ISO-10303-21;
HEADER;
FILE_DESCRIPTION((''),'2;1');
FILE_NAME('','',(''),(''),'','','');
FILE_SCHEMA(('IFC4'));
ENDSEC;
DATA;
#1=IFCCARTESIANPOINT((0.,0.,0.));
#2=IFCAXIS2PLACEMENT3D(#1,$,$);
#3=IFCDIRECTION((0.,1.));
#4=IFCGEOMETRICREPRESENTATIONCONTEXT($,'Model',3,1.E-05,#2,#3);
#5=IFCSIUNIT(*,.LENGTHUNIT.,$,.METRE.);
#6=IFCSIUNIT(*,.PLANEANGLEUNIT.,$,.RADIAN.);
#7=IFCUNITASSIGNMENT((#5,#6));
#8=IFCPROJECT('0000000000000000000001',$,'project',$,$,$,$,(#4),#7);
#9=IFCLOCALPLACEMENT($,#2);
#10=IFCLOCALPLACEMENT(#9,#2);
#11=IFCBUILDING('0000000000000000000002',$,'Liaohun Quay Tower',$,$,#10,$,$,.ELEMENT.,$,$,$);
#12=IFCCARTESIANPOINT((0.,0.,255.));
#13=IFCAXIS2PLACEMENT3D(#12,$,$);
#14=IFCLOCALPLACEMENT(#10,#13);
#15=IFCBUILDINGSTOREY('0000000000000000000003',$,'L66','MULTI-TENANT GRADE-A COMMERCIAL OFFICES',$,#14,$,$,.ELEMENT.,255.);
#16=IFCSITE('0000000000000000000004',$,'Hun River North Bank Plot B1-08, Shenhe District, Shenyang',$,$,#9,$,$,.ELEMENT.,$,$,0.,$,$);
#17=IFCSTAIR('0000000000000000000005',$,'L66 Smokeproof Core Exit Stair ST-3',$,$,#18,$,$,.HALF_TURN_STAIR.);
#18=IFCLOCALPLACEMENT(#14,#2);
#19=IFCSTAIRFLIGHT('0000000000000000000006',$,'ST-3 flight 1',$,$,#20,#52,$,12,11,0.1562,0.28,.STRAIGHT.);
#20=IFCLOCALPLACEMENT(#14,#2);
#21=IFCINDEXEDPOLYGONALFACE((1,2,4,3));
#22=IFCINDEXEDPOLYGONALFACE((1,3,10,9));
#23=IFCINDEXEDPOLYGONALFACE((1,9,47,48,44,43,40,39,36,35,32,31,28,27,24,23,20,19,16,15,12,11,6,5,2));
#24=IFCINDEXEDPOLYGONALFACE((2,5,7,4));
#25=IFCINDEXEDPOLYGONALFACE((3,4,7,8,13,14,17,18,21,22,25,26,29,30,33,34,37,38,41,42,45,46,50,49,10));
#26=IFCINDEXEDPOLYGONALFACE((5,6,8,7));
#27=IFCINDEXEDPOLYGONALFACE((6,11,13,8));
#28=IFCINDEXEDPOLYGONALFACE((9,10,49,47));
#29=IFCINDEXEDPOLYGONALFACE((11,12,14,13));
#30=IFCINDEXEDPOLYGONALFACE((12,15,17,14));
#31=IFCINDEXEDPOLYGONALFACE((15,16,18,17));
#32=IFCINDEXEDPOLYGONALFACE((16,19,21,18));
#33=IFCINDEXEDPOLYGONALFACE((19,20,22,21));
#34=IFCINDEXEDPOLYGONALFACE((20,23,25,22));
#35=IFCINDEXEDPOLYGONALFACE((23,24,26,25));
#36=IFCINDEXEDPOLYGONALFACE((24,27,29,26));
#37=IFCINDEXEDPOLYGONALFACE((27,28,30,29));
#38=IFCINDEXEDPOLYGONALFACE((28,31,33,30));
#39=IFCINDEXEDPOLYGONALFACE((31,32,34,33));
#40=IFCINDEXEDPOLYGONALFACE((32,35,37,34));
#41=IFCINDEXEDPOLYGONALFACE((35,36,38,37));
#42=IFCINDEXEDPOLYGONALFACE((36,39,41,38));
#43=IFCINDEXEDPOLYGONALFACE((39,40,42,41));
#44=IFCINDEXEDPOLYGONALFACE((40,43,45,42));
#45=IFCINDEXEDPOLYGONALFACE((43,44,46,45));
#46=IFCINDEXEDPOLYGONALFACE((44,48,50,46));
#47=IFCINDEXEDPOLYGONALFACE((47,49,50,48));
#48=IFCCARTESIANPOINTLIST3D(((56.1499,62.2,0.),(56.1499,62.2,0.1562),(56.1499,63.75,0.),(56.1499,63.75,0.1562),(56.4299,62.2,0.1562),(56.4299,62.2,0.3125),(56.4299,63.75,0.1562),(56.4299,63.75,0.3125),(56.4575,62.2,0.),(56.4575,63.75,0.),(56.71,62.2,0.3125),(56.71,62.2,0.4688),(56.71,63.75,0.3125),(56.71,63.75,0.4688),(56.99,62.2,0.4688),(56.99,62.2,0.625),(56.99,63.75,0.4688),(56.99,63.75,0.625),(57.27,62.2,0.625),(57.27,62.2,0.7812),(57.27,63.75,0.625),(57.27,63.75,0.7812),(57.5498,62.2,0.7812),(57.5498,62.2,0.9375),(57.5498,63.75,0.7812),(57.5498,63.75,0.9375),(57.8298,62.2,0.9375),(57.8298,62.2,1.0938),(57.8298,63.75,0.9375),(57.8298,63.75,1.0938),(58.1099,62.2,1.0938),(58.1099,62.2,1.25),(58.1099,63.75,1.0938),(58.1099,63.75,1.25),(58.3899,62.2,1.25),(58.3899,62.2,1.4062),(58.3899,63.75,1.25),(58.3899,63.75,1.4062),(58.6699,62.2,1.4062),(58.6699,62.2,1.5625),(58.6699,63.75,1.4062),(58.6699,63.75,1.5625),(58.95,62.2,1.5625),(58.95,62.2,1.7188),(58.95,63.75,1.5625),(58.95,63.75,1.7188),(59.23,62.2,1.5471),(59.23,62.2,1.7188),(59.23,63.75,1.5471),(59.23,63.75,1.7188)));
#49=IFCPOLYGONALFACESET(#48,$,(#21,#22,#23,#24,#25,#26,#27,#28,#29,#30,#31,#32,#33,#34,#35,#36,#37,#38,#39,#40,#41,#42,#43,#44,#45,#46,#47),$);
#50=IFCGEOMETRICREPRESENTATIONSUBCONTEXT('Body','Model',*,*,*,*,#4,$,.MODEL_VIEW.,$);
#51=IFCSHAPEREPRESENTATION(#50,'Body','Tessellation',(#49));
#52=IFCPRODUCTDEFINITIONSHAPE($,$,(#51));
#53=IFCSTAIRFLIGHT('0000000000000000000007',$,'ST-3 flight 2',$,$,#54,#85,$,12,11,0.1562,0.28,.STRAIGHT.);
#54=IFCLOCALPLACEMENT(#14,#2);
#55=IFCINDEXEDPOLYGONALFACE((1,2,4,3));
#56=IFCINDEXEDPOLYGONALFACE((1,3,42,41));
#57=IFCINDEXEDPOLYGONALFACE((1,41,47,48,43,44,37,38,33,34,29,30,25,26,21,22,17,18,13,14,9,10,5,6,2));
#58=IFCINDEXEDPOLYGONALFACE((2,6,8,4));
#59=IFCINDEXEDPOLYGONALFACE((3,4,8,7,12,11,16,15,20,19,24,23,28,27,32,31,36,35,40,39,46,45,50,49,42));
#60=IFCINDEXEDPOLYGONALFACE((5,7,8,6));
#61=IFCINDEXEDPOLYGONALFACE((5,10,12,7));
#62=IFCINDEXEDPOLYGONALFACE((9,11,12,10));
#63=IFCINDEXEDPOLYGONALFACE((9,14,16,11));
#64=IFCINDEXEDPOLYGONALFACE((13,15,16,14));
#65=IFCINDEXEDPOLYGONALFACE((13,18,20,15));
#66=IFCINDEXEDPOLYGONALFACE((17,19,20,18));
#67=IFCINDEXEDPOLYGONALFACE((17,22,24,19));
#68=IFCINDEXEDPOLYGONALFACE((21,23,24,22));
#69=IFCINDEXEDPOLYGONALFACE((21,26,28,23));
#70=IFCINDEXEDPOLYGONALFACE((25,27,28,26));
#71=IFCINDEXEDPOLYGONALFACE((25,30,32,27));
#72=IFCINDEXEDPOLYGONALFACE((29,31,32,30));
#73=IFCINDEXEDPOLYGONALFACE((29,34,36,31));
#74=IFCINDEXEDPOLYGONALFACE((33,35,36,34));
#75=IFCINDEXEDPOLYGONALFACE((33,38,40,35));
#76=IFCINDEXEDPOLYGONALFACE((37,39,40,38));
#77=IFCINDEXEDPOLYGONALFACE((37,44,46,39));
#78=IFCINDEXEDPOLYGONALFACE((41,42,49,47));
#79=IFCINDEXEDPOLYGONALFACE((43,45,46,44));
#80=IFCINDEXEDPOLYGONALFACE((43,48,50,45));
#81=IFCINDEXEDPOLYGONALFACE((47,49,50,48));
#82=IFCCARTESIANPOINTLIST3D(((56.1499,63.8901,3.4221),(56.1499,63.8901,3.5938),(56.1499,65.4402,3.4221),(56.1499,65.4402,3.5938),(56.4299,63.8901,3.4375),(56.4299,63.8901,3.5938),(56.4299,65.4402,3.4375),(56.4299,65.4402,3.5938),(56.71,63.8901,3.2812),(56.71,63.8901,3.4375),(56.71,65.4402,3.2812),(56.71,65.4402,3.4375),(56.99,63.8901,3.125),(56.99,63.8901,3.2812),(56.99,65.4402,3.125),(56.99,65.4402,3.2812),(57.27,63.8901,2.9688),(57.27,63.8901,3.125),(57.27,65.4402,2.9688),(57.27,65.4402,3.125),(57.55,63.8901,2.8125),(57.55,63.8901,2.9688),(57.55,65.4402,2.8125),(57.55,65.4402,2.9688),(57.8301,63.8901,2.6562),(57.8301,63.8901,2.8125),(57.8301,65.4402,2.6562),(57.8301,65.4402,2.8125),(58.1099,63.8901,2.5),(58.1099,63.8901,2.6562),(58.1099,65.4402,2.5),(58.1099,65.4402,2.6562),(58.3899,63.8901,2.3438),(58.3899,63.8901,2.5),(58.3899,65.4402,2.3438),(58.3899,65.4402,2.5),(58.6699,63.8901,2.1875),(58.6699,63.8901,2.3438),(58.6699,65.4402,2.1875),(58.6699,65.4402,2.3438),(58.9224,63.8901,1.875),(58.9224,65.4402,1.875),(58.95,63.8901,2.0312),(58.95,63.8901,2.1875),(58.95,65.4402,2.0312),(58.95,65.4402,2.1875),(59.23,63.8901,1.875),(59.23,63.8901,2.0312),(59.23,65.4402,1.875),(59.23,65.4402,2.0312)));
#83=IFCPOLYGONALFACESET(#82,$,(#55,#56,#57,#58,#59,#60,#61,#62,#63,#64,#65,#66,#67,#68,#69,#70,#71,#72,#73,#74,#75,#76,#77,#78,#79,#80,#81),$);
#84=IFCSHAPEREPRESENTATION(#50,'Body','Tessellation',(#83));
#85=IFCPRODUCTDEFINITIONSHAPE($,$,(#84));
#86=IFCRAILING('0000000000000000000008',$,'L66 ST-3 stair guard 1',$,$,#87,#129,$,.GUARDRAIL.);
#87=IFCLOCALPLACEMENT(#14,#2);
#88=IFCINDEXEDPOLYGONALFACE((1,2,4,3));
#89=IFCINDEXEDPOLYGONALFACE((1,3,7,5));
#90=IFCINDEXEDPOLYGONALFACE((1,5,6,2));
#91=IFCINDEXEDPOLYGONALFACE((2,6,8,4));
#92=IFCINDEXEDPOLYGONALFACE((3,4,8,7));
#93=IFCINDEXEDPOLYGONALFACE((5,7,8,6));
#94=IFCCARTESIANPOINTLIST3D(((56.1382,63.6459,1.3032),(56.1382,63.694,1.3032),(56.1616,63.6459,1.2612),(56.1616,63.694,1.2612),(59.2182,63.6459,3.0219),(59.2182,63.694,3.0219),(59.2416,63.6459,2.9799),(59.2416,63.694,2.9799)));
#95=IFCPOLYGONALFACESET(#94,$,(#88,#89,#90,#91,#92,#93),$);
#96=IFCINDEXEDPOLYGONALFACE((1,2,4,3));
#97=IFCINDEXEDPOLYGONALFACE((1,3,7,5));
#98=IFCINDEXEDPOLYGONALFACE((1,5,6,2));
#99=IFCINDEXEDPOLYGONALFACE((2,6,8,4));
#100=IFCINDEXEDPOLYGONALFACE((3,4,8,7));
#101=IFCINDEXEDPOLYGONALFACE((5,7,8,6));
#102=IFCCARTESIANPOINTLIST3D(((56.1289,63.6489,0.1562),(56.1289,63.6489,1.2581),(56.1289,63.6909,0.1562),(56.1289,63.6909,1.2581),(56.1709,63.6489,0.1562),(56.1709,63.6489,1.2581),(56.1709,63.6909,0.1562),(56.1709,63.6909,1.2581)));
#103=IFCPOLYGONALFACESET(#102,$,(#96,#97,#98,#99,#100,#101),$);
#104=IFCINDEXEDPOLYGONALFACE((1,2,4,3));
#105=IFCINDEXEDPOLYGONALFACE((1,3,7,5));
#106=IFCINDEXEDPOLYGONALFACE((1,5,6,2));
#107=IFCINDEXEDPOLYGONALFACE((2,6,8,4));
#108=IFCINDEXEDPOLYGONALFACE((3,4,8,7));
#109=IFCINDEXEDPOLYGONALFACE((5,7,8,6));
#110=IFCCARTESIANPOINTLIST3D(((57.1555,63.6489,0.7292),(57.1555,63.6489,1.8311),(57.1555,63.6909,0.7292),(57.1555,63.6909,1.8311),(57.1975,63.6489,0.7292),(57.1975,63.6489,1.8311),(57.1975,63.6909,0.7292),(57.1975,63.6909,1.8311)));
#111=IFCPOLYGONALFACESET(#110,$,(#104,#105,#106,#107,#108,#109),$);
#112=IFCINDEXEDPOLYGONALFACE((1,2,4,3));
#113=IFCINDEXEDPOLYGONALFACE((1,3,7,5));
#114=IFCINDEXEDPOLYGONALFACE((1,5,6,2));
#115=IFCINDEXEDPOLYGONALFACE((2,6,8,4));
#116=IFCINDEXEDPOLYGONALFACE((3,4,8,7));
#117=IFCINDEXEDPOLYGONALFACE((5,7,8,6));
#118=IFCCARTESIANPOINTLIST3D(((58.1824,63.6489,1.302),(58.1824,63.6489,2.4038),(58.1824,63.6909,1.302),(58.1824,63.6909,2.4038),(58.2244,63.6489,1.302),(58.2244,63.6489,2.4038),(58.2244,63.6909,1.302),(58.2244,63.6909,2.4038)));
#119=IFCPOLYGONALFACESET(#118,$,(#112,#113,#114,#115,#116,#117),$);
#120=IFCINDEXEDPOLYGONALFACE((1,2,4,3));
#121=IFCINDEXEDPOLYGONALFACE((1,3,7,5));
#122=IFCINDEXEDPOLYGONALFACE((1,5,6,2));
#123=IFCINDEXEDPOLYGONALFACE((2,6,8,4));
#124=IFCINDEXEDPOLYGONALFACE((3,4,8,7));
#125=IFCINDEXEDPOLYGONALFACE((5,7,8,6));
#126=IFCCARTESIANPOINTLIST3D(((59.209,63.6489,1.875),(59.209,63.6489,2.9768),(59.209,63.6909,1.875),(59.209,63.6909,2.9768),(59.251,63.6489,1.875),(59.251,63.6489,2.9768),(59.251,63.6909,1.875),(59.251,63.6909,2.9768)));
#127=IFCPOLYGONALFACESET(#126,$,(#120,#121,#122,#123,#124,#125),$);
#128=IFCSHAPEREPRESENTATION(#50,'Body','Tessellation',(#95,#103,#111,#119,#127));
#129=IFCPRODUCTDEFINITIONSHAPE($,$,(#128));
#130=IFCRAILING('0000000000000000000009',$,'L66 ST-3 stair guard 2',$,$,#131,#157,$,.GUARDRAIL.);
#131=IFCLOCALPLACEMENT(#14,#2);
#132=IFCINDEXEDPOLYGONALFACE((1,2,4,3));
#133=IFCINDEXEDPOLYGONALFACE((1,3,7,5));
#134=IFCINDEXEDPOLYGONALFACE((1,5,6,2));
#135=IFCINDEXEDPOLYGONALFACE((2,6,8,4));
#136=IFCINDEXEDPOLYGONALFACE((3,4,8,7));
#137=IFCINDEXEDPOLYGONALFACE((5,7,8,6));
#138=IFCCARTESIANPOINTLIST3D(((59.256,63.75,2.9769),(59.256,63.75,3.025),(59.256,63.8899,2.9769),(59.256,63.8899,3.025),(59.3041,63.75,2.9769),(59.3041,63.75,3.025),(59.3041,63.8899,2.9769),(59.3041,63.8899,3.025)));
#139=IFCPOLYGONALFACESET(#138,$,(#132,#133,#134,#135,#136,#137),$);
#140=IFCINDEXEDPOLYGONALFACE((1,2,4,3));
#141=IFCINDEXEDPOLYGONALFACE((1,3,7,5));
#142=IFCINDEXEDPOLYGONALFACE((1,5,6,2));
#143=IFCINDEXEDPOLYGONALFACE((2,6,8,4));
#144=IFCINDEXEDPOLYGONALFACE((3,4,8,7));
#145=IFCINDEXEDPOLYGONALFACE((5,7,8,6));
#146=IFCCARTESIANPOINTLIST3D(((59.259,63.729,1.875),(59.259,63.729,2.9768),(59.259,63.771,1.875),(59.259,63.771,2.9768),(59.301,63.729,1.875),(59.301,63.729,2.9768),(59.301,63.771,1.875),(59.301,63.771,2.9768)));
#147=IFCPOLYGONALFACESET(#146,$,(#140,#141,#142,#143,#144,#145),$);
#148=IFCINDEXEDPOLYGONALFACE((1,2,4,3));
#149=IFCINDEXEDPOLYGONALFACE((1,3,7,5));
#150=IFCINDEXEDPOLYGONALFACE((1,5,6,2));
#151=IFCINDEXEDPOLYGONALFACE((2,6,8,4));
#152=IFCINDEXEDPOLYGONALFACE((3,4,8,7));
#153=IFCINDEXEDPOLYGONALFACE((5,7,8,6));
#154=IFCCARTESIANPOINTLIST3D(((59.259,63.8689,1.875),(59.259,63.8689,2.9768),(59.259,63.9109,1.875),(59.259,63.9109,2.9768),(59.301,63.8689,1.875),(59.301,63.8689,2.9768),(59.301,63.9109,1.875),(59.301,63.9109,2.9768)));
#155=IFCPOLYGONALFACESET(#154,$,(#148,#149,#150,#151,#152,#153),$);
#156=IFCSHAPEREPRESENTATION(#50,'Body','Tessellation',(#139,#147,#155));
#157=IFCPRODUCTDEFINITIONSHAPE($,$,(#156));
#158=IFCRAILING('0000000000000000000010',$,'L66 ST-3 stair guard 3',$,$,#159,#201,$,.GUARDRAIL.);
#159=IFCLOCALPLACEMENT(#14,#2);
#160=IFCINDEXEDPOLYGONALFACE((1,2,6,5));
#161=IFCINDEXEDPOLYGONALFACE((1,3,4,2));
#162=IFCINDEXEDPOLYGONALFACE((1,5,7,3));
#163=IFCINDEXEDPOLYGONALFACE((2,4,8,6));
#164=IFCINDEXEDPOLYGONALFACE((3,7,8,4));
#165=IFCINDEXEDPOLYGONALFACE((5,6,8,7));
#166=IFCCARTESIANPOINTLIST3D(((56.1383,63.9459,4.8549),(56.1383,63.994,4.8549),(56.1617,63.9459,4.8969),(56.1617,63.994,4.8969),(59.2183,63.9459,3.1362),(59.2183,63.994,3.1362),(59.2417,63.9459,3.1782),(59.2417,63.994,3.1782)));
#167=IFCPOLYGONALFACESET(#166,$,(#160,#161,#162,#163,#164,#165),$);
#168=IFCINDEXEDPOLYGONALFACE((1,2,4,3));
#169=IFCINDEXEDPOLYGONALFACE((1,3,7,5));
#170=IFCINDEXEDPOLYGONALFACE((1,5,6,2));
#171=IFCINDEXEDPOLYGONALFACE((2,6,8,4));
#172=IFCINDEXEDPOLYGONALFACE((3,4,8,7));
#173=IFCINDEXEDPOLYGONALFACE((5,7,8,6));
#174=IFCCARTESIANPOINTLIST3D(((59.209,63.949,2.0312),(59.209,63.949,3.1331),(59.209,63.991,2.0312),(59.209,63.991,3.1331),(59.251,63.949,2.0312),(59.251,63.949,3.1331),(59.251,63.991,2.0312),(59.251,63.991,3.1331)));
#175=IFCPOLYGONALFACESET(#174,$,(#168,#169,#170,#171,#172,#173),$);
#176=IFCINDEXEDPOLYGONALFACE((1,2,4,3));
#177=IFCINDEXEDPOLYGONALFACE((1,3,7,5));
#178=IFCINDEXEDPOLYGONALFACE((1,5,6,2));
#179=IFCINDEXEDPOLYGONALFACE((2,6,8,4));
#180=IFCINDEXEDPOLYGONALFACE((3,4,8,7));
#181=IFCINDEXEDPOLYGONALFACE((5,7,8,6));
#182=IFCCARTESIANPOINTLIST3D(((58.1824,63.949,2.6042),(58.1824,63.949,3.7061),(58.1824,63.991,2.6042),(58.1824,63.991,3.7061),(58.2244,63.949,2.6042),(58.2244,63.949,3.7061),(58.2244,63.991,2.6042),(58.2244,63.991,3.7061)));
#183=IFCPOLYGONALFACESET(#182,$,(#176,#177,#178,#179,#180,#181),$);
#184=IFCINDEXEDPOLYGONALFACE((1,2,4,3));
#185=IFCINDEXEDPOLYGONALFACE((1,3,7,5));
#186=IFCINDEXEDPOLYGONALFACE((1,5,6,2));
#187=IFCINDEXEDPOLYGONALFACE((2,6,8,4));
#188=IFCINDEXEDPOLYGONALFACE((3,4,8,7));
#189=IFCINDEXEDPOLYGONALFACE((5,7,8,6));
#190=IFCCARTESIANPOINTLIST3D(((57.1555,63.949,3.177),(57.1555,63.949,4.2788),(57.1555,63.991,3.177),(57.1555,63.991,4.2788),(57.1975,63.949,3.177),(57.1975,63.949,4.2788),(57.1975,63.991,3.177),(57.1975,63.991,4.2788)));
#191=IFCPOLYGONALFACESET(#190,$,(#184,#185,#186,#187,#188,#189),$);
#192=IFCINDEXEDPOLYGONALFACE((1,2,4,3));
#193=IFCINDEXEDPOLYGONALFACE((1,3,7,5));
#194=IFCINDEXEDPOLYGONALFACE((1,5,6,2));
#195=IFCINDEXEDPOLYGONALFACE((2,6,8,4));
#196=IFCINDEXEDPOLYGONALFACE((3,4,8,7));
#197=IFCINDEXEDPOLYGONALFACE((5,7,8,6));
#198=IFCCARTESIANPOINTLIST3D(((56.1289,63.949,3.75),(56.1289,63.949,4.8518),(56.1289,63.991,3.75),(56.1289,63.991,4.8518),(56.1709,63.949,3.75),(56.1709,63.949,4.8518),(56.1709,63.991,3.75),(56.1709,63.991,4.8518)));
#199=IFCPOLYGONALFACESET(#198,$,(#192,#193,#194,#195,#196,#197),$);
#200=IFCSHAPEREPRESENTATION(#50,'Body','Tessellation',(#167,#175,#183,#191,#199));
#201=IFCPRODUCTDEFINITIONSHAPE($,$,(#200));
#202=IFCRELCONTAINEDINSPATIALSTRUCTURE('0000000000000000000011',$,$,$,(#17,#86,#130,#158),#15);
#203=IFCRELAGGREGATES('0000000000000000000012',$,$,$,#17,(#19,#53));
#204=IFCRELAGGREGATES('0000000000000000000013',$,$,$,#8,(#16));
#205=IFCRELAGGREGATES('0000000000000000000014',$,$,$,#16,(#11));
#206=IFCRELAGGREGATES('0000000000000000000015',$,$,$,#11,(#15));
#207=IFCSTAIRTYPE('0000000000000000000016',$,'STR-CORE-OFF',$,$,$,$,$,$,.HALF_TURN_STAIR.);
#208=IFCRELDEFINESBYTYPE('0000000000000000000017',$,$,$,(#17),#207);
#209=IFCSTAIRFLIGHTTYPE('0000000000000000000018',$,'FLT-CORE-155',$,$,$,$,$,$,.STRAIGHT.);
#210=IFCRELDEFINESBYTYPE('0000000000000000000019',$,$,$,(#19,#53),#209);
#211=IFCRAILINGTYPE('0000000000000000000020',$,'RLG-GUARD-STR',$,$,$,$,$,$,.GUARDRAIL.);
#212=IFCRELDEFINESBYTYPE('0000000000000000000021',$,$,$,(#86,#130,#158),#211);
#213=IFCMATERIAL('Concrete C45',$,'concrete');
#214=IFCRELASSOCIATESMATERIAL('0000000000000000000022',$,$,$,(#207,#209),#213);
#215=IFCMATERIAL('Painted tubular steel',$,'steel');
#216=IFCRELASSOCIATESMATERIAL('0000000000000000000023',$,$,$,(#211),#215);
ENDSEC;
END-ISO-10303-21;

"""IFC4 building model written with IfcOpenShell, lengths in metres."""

from ifc_helpers import new_model, si_unit, direction, frame, origin, origin_2d, place, context, subcontext, project, spatial, polyline, rectangle, outline, extrude, material, type_object, element, aggregate, save


model = new_model("IFC4")

# Units and contexts
model_context = context("Model", 3, precision=1e-05, world=origin(), true_north=direction((0.0, 1.0)))
body_context = subcontext(model_context, "Body", "Model", "MODEL_VIEW")
ifc_project = project(units=[si_unit("LENGTHUNIT", "METRE"), si_unit("PLANEANGLEUNIT", "RADIAN")], contexts=[model_context])

# Site, building, storey
site_placement = place(None, origin())
site = spatial("IfcSite", under=ifc_project, at=site_placement, Name="Hun River North Bank Plot B1-08, Shenhe District, Shenyang", CompositionType="ELEMENT", RefElevation=0.0)
building_placement = place(site_placement, origin())
building = spatial("IfcBuilding", under=site, at=building_placement, Name="Liaohun Quay Tower", CompositionType="ELEMENT")
storey_placement = place(building_placement, frame((0.0, 0.0, 255.0)))
storey = spatial("IfcBuildingStorey", under=building, at=storey_placement, Name="L66", Description="MULTI-TENANT GRADE-A COMMERCIAL OFFICES", CompositionType="ELEMENT", Elevation=255.0)

# Stair, stair flights
ifc_material_1 = material(Name="Concrete C45", Category="concrete")
stair_type = type_object("IfcStairType", Name="STR-CORE-OFF", PredefinedType="HALF_TURN_STAIR", material=ifc_material_1)
stair_placement = place(storey_placement, origin())
stair = element("IfcStair", 1, at=stair_placement, inside=storey, type_object=stair_type, Name="L66 Smokeproof Core Exit Stair ST-3", PredefinedType="HALF_TURN_STAIR")
stair_flight_type = type_object("IfcStairFlightType", Name="FLT-CORE-155", PredefinedType="STRAIGHT", material=ifc_material_1)
stair_flight_1_placement = place(storey_placement, frame((56.1499, 62.9751, 0.0), z_axis=(0.0, 0.0, 1.0), x_axis=(1.0, 0.0, 0.0)))
stair_flight_1 = element("IfcStairFlight", 2, at=stair_flight_1_placement, type_object=stair_flight_type, Name="ST-3 flight 1", NumberOfRisers=12, NumberOfTreads=11, PredefinedType="STRAIGHT", RiserHeight=0.1562, TreadLength=0.28, context=body_context, shape_type="SweptSolid", body=[
    extrude(outline(polyline([(0.0, 0.0), (0.0, 0.1562), (0.28, 0.1562), (0.28, 0.3125), (0.5601, 0.3125), (0.5601, 0.4688), (0.8401, 0.4688), (0.8401, 0.625), (1.1201, 0.625), (1.1201, 0.7812), (1.3999, 0.7812), (1.3999, 0.9375), (1.6799, 0.9375), (1.6799, 1.0938), (1.96, 1.0938), (1.96, 1.25), (2.24, 1.25), (2.24, 1.4062), (2.52, 1.4062), (2.52, 1.5625), (2.8, 1.5625), (2.8, 1.7188), (3.0801, 1.7188), (3.0801, 1.875), (3.0801, 1.5471), (0.3076, 0.0), (0.0, 0.0)])), frame((0.0, 0.7749, 0.0), z_axis=(0.0, -1.0, 0.0), x_axis=(1.0, 0.0, 0.0)), (0.0, 0.0, 1.0), 1.55),
])
stair_flight_2_placement = place(storey_placement, frame((59.23, 64.665, 1.875), z_axis=(0.0, 0.0, 1.0), x_axis=(-1.0, 0.0, 0.0)))
stair_flight_2 = element("IfcStairFlight", 3, at=stair_flight_2_placement, type_object=stair_flight_type, Name="ST-3 flight 2", NumberOfRisers=12, NumberOfTreads=11, PredefinedType="STRAIGHT", RiserHeight=0.1562, TreadLength=0.28, context=body_context, shape_type="SweptSolid", body=[
    extrude(outline(polyline([(0.0, 0.0), (0.0, 0.1562), (0.28, 0.1562), (0.28, 0.3125), (0.5601, 0.3125), (0.5601, 0.4688), (0.8401, 0.4688), (0.8401, 0.625), (1.1201, 0.625), (1.1201, 0.7812), (1.3999, 0.7812), (1.3999, 0.9375), (1.6799, 0.9375), (1.6799, 1.0938), (1.96, 1.0938), (1.96, 1.25), (2.24, 1.25), (2.24, 1.4062), (2.52, 1.4062), (2.52, 1.5625), (2.8, 1.5625), (2.8, 1.7188), (3.0801, 1.7188), (3.0801, 1.875), (3.0801, 1.5471), (0.3076, 0.0), (0.0, 0.0)])), frame((0.0, 0.7749, 0.0), z_axis=(0.0, -1.0, 0.0), x_axis=(1.0, 0.0, 0.0)), (0.0, 0.0, 1.0), 1.55),
])
aggregate(stair, [stair_flight_1, stair_flight_2])

# Railings
ifc_material_2 = material(Name="Painted tubular steel", Category="steel")
railing_type_1 = type_object("IfcRailingType", Name="RLG-GUARD-STR", PredefinedType="GUARDRAIL", material=ifc_material_2)
railing_1_placement = place(storey_placement, frame((56.1499, 63.6699, 0.1562)))
element("IfcRailing", 4, at=railing_1_placement, inside=storey, type_object=railing_type_1, Name="L66 ST-3 stair guard 1", PredefinedType="GUARDRAIL", context=body_context, shape_type="SweptSolid", body=[
    extrude(rectangle(XDim=0.0481, YDim=0.0481, at=origin_2d()), frame((0.0, 0.0, 1.126), z_axis=(0.873242, 0.0, 0.487288), x_axis=(0.0, 1.0, 0.0)), (0.0, 0.0, 1.0), 3.5271),
    extrude(rectangle(XDim=0.042, YDim=0.042, at=origin_2d()), origin(), (0.0, 0.0, 1.0), 1.1018),
    extrude(rectangle(XDim=0.042, YDim=0.042, at=origin_2d()), frame((1.0266, 0.0, 0.573)), (0.0, 0.0, 1.0), 1.1018),
    extrude(rectangle(XDim=0.042, YDim=0.042, at=origin_2d()), frame((2.0535, 0.0, 1.1458)), (0.0, 0.0, 1.0), 1.1018),
    extrude(rectangle(XDim=0.042, YDim=0.042, at=origin_2d()), frame((3.0801, 0.0, 1.7188)), (0.0, 0.0, 1.0), 1.1018),
])
railing_2_placement = place(storey_placement, frame((59.28, 63.75, 1.875)))
element("IfcRailing", 5, at=railing_2_placement, inside=storey, type_object=railing_type_1, Name="L66 ST-3 stair guard 2", PredefinedType="GUARDRAIL", context=body_context, shape_type="SweptSolid", body=[
    extrude(rectangle(XDim=0.0481, YDim=0.0481, at=origin_2d()), frame((0.0, 0.0, 1.126), z_axis=(0.0, 1.0, 0.0), x_axis=(-1.0, 0.0, 0.0)), (0.0, 0.0, 1.0), 0.1399),
    extrude(rectangle(XDim=0.042, YDim=0.042, at=origin_2d()), origin(), (0.0, 0.0, 1.0), 1.1018),
    extrude(rectangle(XDim=0.042, YDim=0.042, at=origin_2d()), frame((0.0, 0.1399, 0.0)), (0.0, 0.0, 1.0), 1.1018),
])
railing_3_placement = place(storey_placement, frame((59.23, 63.97, 2.0312)))
element("IfcRailing", 6, at=railing_3_placement, inside=storey, type_object=railing_type_1, Name="L66 ST-3 stair guard 3", PredefinedType="GUARDRAIL", context=body_context, shape_type="SweptSolid", body=[
    extrude(rectangle(XDim=0.0481, YDim=0.0481, at=origin_2d()), frame((0.0, 0.0, 1.126), z_axis=(-0.873242, 0.0, 0.487288), x_axis=(0.0, -1.0, 0.0)), (0.0, 0.0, 1.0), 3.5271),
    extrude(rectangle(XDim=0.042, YDim=0.042, at=origin_2d()), origin(), (0.0, 0.0, 1.0), 1.1018),
    extrude(rectangle(XDim=0.042, YDim=0.042, at=origin_2d()), frame((-1.0266, 0.0, 0.573)), (0.0, 0.0, 1.0), 1.1018),
    extrude(rectangle(XDim=0.042, YDim=0.042, at=origin_2d()), frame((-2.0535, 0.0, 1.1458)), (0.0, 0.0, 1.0), 1.1018),
    extrude(rectangle(XDim=0.042, YDim=0.042, at=origin_2d()), frame((-3.0801, 0.0, 1.7188)), (0.0, 0.0, 1.0), 1.1018),
])

save(model, "model.ifc")
